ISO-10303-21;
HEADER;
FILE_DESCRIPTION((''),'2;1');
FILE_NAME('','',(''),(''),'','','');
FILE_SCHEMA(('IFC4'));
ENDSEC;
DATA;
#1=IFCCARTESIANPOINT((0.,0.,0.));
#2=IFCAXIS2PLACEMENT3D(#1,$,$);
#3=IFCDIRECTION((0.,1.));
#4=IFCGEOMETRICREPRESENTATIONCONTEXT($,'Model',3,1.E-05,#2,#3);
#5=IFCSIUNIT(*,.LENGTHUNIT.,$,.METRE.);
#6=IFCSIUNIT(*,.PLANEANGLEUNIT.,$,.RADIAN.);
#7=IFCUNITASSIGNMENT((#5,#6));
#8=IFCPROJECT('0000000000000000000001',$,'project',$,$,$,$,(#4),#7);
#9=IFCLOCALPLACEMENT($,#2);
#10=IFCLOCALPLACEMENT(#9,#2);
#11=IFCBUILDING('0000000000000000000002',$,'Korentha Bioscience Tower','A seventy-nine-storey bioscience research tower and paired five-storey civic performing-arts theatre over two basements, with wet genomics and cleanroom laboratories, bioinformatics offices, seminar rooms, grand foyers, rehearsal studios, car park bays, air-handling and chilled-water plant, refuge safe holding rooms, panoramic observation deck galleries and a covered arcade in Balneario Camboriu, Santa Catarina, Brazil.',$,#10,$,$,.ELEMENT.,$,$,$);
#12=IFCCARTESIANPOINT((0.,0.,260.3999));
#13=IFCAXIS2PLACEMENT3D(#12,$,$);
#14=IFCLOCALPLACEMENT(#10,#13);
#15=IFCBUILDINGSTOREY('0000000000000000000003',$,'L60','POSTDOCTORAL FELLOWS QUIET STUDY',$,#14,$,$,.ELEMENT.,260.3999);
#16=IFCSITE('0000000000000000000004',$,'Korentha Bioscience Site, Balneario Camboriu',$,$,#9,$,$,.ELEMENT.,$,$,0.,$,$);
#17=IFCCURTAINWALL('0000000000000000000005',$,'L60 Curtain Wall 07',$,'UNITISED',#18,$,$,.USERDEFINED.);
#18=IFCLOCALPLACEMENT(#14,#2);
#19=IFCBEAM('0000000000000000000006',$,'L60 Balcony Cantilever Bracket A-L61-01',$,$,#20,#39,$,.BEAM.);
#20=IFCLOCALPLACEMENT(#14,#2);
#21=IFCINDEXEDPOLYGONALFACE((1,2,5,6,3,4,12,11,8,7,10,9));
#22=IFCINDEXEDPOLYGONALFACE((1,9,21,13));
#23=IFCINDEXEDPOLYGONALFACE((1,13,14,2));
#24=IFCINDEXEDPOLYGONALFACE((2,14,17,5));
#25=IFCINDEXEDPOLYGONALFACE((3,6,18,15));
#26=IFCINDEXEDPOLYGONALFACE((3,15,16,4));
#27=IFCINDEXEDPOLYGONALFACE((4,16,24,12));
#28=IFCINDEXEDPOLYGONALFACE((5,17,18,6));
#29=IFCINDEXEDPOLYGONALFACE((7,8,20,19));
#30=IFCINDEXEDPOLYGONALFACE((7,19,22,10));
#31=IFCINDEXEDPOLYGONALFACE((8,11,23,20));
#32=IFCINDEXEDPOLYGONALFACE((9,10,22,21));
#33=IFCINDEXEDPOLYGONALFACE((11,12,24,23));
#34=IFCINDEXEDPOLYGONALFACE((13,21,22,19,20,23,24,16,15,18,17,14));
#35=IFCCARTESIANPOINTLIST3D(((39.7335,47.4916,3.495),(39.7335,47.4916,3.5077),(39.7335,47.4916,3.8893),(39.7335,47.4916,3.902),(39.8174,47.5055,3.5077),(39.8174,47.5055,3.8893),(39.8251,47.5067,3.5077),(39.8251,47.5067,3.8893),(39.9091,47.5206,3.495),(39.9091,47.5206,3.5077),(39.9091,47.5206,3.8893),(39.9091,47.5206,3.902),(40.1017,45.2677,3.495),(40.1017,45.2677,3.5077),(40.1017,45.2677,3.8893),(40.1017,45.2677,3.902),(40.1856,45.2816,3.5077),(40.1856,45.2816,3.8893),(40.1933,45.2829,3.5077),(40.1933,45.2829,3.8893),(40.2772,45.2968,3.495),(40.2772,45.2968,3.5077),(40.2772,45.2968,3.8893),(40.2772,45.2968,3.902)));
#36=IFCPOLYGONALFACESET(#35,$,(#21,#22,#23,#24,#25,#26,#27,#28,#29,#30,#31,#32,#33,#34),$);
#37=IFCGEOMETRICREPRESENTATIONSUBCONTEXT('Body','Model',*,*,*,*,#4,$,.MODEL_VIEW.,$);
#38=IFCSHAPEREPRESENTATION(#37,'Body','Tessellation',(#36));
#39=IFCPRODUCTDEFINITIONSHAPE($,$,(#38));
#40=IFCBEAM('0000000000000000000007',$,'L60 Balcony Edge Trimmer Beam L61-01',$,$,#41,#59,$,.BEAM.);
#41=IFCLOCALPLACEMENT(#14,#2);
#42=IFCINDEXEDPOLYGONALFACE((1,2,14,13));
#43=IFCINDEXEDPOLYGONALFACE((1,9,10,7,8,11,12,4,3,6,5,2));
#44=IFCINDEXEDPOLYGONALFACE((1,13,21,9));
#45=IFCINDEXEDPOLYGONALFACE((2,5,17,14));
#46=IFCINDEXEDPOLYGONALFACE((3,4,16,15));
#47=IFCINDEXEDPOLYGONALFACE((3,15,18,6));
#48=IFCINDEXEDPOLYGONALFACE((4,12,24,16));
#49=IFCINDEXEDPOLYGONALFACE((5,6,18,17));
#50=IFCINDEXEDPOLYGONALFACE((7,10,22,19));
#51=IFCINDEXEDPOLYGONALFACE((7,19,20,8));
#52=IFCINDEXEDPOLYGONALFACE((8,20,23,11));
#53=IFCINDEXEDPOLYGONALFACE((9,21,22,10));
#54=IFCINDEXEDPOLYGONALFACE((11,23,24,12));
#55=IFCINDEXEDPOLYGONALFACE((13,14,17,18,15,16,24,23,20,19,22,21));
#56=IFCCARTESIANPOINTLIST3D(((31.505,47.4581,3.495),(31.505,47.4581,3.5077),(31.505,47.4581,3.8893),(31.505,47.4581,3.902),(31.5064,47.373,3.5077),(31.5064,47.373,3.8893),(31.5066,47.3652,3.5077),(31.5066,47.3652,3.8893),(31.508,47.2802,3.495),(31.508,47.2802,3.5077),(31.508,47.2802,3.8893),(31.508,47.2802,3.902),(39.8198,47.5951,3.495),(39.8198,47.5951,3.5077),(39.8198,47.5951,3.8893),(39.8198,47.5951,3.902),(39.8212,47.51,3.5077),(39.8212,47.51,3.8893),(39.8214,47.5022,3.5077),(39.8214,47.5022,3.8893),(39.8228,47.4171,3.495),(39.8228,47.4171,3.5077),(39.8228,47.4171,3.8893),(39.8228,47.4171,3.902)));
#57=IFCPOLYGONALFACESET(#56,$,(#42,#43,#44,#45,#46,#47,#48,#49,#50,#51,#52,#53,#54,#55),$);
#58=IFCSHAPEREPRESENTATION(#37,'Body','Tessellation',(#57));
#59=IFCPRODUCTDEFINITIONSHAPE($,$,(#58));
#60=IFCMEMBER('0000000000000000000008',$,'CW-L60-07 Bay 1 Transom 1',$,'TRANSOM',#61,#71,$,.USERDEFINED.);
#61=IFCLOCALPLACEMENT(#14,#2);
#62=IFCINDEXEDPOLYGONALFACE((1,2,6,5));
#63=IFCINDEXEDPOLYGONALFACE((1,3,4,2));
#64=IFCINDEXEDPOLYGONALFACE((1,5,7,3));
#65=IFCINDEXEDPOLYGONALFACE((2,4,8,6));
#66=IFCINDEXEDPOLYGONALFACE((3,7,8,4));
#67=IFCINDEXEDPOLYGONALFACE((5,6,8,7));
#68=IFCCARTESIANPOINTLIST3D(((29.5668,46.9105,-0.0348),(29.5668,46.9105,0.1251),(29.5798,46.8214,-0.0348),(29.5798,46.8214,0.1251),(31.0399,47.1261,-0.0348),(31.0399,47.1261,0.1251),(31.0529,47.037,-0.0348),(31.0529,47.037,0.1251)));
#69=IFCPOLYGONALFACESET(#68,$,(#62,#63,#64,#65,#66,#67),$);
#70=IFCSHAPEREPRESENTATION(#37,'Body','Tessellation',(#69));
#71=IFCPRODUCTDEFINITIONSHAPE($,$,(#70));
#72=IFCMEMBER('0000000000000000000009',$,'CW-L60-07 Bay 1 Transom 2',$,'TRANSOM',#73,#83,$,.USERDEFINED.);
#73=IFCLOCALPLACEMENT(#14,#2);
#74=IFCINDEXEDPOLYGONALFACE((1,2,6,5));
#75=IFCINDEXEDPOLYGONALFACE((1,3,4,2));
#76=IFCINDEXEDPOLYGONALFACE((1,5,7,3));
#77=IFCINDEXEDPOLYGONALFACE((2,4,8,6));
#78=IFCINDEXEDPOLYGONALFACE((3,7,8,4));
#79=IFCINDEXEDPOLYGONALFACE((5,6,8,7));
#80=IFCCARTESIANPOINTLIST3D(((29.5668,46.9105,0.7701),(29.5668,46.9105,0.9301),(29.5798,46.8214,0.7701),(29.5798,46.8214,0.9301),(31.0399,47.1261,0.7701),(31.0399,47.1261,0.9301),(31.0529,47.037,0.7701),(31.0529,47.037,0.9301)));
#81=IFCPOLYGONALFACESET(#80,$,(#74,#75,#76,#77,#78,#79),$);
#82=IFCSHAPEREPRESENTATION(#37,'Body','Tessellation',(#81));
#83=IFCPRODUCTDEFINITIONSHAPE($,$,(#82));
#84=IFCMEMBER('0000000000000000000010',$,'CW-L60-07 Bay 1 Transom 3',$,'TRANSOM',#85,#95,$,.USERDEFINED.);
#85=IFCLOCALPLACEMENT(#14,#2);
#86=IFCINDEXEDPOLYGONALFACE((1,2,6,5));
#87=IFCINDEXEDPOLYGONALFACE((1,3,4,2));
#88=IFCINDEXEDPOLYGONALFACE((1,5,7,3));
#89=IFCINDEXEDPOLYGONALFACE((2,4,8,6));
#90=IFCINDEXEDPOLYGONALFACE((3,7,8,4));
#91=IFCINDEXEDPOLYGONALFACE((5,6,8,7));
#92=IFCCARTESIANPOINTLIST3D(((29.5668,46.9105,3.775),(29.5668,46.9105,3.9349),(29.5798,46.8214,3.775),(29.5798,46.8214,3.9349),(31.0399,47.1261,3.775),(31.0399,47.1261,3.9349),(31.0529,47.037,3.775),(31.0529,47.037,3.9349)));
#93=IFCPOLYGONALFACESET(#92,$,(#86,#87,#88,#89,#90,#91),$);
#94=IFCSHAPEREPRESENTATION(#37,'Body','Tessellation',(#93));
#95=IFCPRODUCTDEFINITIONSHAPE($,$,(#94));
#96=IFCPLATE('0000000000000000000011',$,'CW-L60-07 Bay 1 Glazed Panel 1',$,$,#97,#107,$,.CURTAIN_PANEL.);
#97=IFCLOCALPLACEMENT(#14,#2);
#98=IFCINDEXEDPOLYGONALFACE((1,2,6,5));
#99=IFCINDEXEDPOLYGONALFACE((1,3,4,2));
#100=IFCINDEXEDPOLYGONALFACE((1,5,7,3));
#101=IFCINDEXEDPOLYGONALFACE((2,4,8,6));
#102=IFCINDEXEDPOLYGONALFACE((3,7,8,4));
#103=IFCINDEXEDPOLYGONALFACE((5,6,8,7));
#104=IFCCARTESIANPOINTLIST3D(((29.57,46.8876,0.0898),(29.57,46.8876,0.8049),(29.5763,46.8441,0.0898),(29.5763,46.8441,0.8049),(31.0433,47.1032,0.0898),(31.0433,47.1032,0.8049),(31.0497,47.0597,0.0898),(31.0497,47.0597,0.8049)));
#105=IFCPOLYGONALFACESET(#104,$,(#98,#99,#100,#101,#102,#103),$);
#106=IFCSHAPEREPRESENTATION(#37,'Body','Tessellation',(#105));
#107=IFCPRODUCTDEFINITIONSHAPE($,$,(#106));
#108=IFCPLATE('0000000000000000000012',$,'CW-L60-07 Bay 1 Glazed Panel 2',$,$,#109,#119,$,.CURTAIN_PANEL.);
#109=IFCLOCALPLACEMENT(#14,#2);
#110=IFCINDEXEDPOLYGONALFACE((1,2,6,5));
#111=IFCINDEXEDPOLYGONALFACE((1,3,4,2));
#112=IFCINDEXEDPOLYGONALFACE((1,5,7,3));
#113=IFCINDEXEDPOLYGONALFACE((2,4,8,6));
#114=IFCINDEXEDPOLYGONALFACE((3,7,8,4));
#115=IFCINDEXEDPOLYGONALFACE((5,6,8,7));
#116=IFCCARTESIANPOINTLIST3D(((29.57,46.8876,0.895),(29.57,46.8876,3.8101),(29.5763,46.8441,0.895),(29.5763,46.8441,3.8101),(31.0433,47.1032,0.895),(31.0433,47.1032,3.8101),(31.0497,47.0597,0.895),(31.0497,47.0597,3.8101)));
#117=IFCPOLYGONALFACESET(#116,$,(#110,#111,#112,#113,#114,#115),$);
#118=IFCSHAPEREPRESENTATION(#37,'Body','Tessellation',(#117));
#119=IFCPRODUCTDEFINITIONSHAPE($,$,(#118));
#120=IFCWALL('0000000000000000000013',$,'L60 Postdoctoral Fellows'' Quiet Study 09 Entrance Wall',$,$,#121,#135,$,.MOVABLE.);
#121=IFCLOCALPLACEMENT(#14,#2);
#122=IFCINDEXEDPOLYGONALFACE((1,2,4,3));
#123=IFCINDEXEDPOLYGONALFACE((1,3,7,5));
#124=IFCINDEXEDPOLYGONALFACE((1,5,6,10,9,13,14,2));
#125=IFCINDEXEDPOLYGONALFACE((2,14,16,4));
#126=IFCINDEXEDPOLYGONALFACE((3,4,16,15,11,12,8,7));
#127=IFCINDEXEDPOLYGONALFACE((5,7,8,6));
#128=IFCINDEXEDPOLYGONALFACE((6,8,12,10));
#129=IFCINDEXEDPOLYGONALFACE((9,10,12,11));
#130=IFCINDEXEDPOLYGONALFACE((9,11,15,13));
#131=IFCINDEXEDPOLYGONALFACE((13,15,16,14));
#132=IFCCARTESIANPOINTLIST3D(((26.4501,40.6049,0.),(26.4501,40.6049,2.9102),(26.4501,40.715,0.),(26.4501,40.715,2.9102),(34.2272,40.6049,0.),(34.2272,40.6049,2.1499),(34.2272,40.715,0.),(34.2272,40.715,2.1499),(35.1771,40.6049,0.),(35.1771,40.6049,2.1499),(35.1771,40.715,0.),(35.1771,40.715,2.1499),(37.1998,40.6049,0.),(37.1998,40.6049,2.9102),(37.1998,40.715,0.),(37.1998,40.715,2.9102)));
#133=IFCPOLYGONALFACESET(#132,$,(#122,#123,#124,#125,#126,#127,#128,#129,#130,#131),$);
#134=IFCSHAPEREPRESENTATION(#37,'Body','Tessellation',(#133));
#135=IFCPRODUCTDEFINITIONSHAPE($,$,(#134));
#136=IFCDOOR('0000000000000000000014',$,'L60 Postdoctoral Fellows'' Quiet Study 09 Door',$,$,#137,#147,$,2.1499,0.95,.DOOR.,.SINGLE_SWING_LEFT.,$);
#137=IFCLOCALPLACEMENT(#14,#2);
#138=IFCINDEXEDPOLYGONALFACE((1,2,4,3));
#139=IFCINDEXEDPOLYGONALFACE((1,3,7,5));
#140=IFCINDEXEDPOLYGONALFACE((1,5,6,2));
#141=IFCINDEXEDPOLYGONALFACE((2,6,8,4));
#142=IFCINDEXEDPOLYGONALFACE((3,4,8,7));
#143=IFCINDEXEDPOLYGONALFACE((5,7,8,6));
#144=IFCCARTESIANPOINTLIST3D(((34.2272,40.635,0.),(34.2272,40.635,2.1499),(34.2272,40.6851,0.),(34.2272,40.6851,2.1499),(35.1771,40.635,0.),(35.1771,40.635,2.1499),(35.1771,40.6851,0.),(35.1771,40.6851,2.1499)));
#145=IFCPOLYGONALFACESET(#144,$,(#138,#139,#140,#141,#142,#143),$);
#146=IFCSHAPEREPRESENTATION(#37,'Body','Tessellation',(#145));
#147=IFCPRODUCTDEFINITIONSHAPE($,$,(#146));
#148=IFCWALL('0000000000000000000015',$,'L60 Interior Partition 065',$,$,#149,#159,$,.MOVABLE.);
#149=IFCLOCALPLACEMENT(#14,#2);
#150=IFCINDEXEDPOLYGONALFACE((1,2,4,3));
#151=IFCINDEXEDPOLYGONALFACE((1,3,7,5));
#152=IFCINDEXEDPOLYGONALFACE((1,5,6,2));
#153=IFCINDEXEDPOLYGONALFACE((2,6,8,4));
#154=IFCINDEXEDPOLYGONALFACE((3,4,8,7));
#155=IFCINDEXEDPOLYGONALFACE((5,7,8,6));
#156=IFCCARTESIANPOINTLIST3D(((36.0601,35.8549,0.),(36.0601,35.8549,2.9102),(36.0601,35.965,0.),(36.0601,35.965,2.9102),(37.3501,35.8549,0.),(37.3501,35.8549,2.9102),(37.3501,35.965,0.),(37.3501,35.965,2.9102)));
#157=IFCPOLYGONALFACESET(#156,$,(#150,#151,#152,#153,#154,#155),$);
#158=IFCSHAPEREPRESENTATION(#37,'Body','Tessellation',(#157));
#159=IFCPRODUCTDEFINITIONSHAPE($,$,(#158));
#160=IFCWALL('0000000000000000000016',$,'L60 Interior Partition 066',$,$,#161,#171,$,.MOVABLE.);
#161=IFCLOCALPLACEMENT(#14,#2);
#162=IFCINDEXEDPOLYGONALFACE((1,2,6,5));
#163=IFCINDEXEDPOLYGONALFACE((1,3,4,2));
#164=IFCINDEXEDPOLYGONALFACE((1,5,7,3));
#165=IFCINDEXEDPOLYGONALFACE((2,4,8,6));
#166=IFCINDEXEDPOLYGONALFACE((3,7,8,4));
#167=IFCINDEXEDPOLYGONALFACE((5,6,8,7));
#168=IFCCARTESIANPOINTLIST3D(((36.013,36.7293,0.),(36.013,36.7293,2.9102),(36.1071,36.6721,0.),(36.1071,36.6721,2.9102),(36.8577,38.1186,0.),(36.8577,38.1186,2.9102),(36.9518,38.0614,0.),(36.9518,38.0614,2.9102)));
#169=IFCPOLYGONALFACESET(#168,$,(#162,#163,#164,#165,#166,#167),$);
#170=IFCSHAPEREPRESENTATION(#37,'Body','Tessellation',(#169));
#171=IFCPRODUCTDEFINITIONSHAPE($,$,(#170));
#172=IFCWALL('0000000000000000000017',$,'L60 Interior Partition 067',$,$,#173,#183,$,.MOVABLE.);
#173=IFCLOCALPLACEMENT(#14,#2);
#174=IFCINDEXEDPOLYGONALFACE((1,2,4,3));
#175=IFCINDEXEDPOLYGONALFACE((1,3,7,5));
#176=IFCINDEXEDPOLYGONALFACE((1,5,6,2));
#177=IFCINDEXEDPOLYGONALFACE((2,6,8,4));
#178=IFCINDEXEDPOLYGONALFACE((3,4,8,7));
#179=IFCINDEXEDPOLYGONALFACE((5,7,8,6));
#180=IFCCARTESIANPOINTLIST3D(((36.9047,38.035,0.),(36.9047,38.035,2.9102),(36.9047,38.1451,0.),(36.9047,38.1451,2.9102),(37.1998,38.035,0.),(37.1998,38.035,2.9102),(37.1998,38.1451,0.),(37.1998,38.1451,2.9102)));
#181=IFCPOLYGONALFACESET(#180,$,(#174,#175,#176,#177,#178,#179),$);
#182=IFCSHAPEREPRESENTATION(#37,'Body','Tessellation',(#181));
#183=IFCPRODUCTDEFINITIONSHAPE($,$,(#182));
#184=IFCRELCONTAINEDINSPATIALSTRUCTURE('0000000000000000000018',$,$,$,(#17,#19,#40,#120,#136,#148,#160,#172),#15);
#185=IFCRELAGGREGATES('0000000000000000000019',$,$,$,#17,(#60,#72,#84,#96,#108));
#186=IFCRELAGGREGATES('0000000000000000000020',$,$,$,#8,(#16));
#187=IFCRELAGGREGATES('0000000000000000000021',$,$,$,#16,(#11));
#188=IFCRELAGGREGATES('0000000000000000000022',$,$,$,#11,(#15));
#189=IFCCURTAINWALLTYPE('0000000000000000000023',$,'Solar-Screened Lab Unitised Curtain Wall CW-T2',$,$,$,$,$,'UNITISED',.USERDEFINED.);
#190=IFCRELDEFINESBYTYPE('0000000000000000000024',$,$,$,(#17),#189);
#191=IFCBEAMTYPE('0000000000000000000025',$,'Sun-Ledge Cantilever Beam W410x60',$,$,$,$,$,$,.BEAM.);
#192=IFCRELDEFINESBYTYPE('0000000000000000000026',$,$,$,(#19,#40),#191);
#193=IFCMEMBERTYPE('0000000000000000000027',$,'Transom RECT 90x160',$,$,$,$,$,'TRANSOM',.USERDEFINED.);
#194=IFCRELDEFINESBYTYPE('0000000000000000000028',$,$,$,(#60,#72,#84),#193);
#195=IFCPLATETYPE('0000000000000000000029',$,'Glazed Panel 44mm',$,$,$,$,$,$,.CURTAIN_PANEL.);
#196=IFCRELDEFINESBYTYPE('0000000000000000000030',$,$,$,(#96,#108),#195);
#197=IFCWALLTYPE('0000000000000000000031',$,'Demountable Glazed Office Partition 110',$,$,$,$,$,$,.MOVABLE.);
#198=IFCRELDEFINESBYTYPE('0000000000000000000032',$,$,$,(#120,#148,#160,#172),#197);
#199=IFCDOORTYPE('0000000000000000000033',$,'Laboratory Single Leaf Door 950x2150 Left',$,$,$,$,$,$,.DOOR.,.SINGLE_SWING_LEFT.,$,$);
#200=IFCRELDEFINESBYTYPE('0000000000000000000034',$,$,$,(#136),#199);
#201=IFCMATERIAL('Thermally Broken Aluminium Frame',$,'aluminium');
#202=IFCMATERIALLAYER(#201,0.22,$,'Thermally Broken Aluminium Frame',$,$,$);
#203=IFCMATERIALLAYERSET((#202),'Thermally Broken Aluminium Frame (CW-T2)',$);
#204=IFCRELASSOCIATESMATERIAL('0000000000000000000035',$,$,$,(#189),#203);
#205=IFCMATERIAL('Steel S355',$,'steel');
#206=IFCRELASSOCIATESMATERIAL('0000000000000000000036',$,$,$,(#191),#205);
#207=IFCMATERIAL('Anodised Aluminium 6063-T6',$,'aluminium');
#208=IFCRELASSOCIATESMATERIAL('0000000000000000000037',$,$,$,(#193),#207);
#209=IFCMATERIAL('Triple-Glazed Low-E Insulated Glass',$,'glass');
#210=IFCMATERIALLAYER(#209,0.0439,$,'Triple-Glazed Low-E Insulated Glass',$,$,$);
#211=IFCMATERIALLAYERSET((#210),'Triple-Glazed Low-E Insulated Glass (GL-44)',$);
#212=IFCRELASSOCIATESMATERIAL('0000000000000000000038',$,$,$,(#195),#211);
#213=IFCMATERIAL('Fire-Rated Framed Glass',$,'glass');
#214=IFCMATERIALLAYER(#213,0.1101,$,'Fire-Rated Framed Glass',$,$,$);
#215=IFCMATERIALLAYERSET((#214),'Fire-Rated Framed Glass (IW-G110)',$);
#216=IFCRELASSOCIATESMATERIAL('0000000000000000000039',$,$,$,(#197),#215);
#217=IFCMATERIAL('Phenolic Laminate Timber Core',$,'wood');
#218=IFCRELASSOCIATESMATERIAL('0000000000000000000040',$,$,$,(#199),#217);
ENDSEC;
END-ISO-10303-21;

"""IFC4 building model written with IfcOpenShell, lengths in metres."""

from ifc_helpers import new_model, si_unit, direction, frame, frame_2d, origin, origin_2d, place, context, subcontext, project, spatial, rectangle, i_section, extrude, material, layer, layer_set, material_profile, profile_set, type_object, element, fill, aggregate, save


model = new_model("IFC4")

# Units and contexts
model_context = context("Model", 3, precision=1e-05, world=origin(), true_north=direction((0.0, 1.0)))
body_context = subcontext(model_context, "Body", "Model", "MODEL_VIEW")
ifc_project = project(units=[si_unit("LENGTHUNIT", "METRE"), si_unit("PLANEANGLEUNIT", "RADIAN")], contexts=[model_context])

# Site, building, storey
site_placement = place(None, origin())
site = spatial("IfcSite", under=ifc_project, at=site_placement, Name="Korentha Bioscience Site, Balneario Camboriu", CompositionType="ELEMENT", RefElevation=0.0)
building_placement = place(site_placement, origin())
building = spatial("IfcBuilding", under=site, at=building_placement, Name="Korentha Bioscience Tower", Description="A seventy-nine-storey bioscience research tower and paired five-storey civic performing-arts theatre over two basements, with wet genomics and cleanroom laboratories, bioinformatics offices, seminar rooms, grand foyers, rehearsal studios, car park bays, air-handling and chilled-water plant, refuge safe holding rooms, panoramic observation deck galleries and a covered arcade in Balneario Camboriu, Santa Catarina, Brazil.", CompositionType="ELEMENT")
storey_placement = place(building_placement, frame((0.0, 0.0, 260.3999)))
storey = spatial("IfcBuildingStorey", under=building, at=storey_placement, Name="L60", Description="POSTDOCTORAL FELLOWS QUIET STUDY", CompositionType="ELEMENT", Elevation=260.3999)

# Shared definitions
ifc_material_1 = material(Name="Steel S355", Category="steel")

# Curtain wall
ifc_material_2 = material(Name="Thermally Broken Aluminium Frame", Category="aluminium")
ifc_layer_1 = layer(ifc_material_2, 0.22, Name="Thermally Broken Aluminium Frame")
ifc_layer_set_1 = layer_set([ifc_layer_1], Name="Thermally Broken Aluminium Frame (CW-T2)")
curtain_wall_type = type_object("IfcCurtainWallType", Name="Solar-Screened Lab Unitised Curtain Wall CW-T2", ElementType="UNITISED", PredefinedType="USERDEFINED", material=ifc_layer_set_1)
curtain_wall_placement = place(storey_placement, origin())
curtain_wall = element("IfcCurtainWall", 1, at=curtain_wall_placement, inside=storey, type_object=curtain_wall_type, Name="L60 Curtain Wall 07", ObjectType="UNITISED", PredefinedType="USERDEFINED")
ifc_material_3 = material(Name="Anodised Aluminium 6063-T6", Category="aluminium")

# Beams
ifc_material_profile_1 = material_profile(ifc_material_1, i_section(OverallWidth=0.178, OverallDepth=0.407, WebThickness=0.0078, FlangeThickness=0.0127, at=origin_2d()), Name="Steel S355")
ifc_profile_set_1 = profile_set([ifc_material_profile_1], Name="Steel S355 (CB-410)")
beam_type_1 = type_object("IfcBeamType", Name="Sun-Ledge Cantilever Beam W410x60", PredefinedType="BEAM", material=ifc_profile_set_1)
beam_1_placement = place(storey_placement, frame((40.1895, 45.2822, 3.6985), z_axis=(-0.163328, 0.986572, 0.0), x_axis=(-0.986572, -0.163328, 0.0)))
element("IfcBeam", 2, at=beam_1_placement, inside=storey, type_object=beam_type_1, Name="L60 Balcony Cantilever Bracket A-L61-01", PredefinedType="BEAM", context=body_context, shape_type="SweptSolid", body=[
    extrude(i_section(OverallWidth=0.178, OverallDepth=0.407, WebThickness=0.0078, FlangeThickness=0.0127, at=origin_2d()), origin(), (0.0, 0.0, 1.0), 2.2542),
])
beam_2_placement = place(storey_placement, frame((39.8213, 47.5061, 3.6985), z_axis=(-0.999864, -0.01647, 0.0), x_axis=(0.01647, -0.999864, 0.0)))
element("IfcBeam", 3, at=beam_2_placement, inside=storey, type_object=beam_type_1, Name="L60 Balcony Edge Trimmer Beam L61-01", PredefinedType="BEAM", context=body_context, shape_type="SweptSolid", body=[
    extrude(i_section(OverallWidth=0.178, OverallDepth=0.407, WebThickness=0.0078, FlangeThickness=0.0127, at=origin_2d()), origin(), (0.0, 0.0, 1.0), 8.3159),
])

# Members
ifc_material_profile_2 = material_profile(ifc_material_3, rectangle(XDim=0.0901, YDim=0.1599, at=origin_2d()), Name="Anodised Aluminium 6063-T6")
ifc_profile_set_2 = profile_set([ifc_material_profile_2], Name="Anodised Aluminium 6063-T6 (CW-TRN)")
member_type_1 = type_object("IfcMemberType", Name="Transom RECT 90x160", ElementType="TRANSOM", PredefinedType="USERDEFINED", material=ifc_profile_set_2)
member_1_placement = place(storey_placement, frame((31.0464, 47.0815, 0.0452), z_axis=(-0.989462, -0.144795, 0.0), x_axis=(0.144795, -0.989462, 0.0)))
member_1 = element("IfcMember", 4, at=member_1_placement, type_object=member_type_1, Name="CW-L60-07 Bay 1 Transom 1", ObjectType="TRANSOM", PredefinedType="USERDEFINED", context=body_context, shape_type="SweptSolid", body=[
    extrude(rectangle(XDim=0.0901, YDim=0.1599, at=origin_2d()), origin(), (0.0, 0.0, 1.0), 1.4888),
])
member_2_placement = place(storey_placement, frame((31.0464, 47.0815, 0.8501), z_axis=(-0.989462, -0.144795, 0.0), x_axis=(0.144795, -0.989462, 0.0)))
member_2 = element("IfcMember", 5, at=member_2_placement, type_object=member_type_1, Name="CW-L60-07 Bay 1 Transom 2", ObjectType="TRANSOM", PredefinedType="USERDEFINED", context=body_context, shape_type="SweptSolid", body=[
    extrude(rectangle(XDim=0.0901, YDim=0.1599, at=origin_2d()), origin(), (0.0, 0.0, 1.0), 1.4888),
])
member_3_placement = place(storey_placement, frame((31.0464, 47.0815, 3.855), z_axis=(-0.989462, -0.144795, 0.0), x_axis=(0.144795, -0.989462, 0.0)))
member_3 = element("IfcMember", 6, at=member_3_placement, type_object=member_type_1, Name="CW-L60-07 Bay 1 Transom 3", ObjectType="TRANSOM", PredefinedType="USERDEFINED", context=body_context, shape_type="SweptSolid", body=[
    extrude(rectangle(XDim=0.0901, YDim=0.1599, at=origin_2d()), origin(), (0.0, 0.0, 1.0), 1.4888),
])

# Plates
ifc_material_4 = material(Name="Triple-Glazed Low-E Insulated Glass", Category="glass")
ifc_layer_2 = layer(ifc_material_4, 0.0439, Name="Triple-Glazed Low-E Insulated Glass")
ifc_layer_set_2 = layer_set([ifc_layer_2], Name="Triple-Glazed Low-E Insulated Glass (GL-44)")
plate_type = type_object("IfcPlateType", Name="Glazed Panel 44mm", PredefinedType="CURTAIN_PANEL", material=ifc_layer_set_2)
plate_1_placement = place(storey_placement, frame((30.3098, 46.9736, 0.0898), z_axis=(0.0, 0.0, 1.0), x_axis=(-0.98946, -0.144809, 0.0)))
plate_1 = element("IfcPlate", 7, at=plate_1_placement, type_object=plate_type, Name="CW-L60-07 Bay 1 Glazed Panel 1", PredefinedType="CURTAIN_PANEL", context=body_context, shape_type="SweptSolid", body=[
    extrude(rectangle(XDim=1.489, YDim=0.0439, at=origin_2d()), origin(), (0.0, 0.0, 1.0), 0.7151),
])
plate_2_placement = place(storey_placement, frame((30.3098, 46.9736, 0.895), z_axis=(0.0, 0.0, 1.0), x_axis=(-0.98946, -0.144809, 0.0)))
plate_2 = element("IfcPlate", 8, at=plate_2_placement, type_object=plate_type, Name="CW-L60-07 Bay 1 Glazed Panel 2", PredefinedType="CURTAIN_PANEL", context=body_context, shape_type="SweptSolid", body=[
    extrude(rectangle(XDim=1.489, YDim=0.0439, at=origin_2d()), origin(), (0.0, 0.0, 1.0), 2.915),
])
aggregate(curtain_wall, [member_1, member_2, member_3, plate_1, plate_2])

# Wall, opening, door
ifc_material_5 = material(Name="Fire-Rated Framed Glass", Category="glass")
ifc_layer_3 = layer(ifc_material_5, 0.1101, Name="Fire-Rated Framed Glass")
ifc_layer_set_3 = layer_set([ifc_layer_3], Name="Fire-Rated Framed Glass (IW-G110)")
wall_type_1 = type_object("IfcWallType", Name="Demountable Glazed Office Partition 110", PredefinedType="MOVABLE", material=ifc_layer_set_3)
wall_1_placement = place(storey_placement, frame((37.2, 40.6599, 0.0), z_axis=(0.0, 0.0, 1.0), x_axis=(-1.0, 0.0, 0.0)))
wall_1 = element("IfcWall", 9, at=wall_1_placement, inside=storey, type_object=wall_type_1, Name="L60 Postdoctoral Fellows' Quiet Study 09 Entrance Wall", PredefinedType="MOVABLE", context=body_context, shape_type="SweptSolid", body=[
    extrude(rectangle(XDim=10.7498, YDim=0.1101, at=frame_2d((5.375, 0.0))), origin(), (0.0, 0.0, 1.0), 2.9102),
])
opening_1_placement = place(wall_1_placement, frame((2.0227, 0.0, 0.0)))
opening_1 = element("IfcOpeningElement", 10, at=opening_1_placement, cuts=wall_1, PredefinedType="OPENING", context=body_context, shape_type="SweptSolid", body=[
    extrude(rectangle(XDim=0.95, YDim=2.1499, at=frame_2d((0.4751, 1.075))), frame((0.0, 0.0698, 0.0), z_axis=(0.0, -1.0, 0.0), x_axis=(1.0, 0.0, 0.0)), (0.0, 0.0, 1.0), 0.1399),
])
ifc_material_6 = material(Name="Phenolic Laminate Timber Core", Category="wood")
door_type_1 = type_object("IfcDoorType", Name="Laboratory Single Leaf Door 950x2150 Left", OperationType="SINGLE_SWING_LEFT", PredefinedType="DOOR", material=ifc_material_6)
door_1_placement = place(opening_1_placement, origin())
door_1 = element("IfcDoor", 11, at=door_1_placement, inside=storey, type_object=door_type_1, Name="L60 Postdoctoral Fellows' Quiet Study 09 Door", OperationType="SINGLE_SWING_LEFT", OverallHeight=2.1499, OverallWidth=0.95, PredefinedType="DOOR", context=body_context, shape_type="SweptSolid", body=[
    extrude(rectangle(XDim=0.95, YDim=2.1499, at=frame_2d((0.4751, 1.075))), frame((0.0, 0.0249, 0.0), z_axis=(0.0, -1.0, 0.0), x_axis=(1.0, 0.0, 0.0)), (0.0, 0.0, 1.0), 0.05),
])
fill(opening_1, door_1)

# Walls
wall_2_placement = place(storey_placement, frame((37.3501, 35.9099, 0.0), z_axis=(0.0, 0.0, 1.0), x_axis=(-1.0, 0.0, 0.0)))
element("IfcWall", 12, at=wall_2_placement, inside=storey, type_object=wall_type_1, Name="L60 Interior Partition 065", PredefinedType="MOVABLE", context=body_context, shape_type="SweptSolid", body=[
    extrude(rectangle(XDim=1.29, YDim=0.1101, at=frame_2d((0.645, 0.0))), origin(), (0.0, 0.0, 1.0), 2.9102),
])
wall_3_placement = place(storey_placement, frame((36.0601, 36.7007, 0.0), z_axis=(0.0, 0.0, 1.0), x_axis=(0.519499, 0.854471, 0.0)))
element("IfcWall", 13, at=wall_3_placement, inside=storey, type_object=wall_type_1, Name="L60 Interior Partition 066", PredefinedType="MOVABLE", context=body_context, shape_type="SweptSolid", body=[
    extrude(rectangle(XDim=1.626, YDim=0.1101, at=frame_2d((0.813, 0.0))), origin(), (0.0, 0.0, 1.0), 2.9102),
])
wall_4_placement = place(storey_placement, frame((36.9048, 38.0901, 0.0), z_axis=(0.0, 0.0, 1.0), x_axis=(1.0, 0.0, 0.0)))
element("IfcWall", 14, at=wall_4_placement, inside=storey, type_object=wall_type_1, Name="L60 Interior Partition 067", PredefinedType="MOVABLE", context=body_context, shape_type="SweptSolid", body=[
    extrude(rectangle(XDim=0.2952, YDim=0.1101, at=frame_2d((0.1475, 0.0))), origin(), (0.0, 0.0, 1.0), 2.9102),
])

save(model, "model.ifc")
